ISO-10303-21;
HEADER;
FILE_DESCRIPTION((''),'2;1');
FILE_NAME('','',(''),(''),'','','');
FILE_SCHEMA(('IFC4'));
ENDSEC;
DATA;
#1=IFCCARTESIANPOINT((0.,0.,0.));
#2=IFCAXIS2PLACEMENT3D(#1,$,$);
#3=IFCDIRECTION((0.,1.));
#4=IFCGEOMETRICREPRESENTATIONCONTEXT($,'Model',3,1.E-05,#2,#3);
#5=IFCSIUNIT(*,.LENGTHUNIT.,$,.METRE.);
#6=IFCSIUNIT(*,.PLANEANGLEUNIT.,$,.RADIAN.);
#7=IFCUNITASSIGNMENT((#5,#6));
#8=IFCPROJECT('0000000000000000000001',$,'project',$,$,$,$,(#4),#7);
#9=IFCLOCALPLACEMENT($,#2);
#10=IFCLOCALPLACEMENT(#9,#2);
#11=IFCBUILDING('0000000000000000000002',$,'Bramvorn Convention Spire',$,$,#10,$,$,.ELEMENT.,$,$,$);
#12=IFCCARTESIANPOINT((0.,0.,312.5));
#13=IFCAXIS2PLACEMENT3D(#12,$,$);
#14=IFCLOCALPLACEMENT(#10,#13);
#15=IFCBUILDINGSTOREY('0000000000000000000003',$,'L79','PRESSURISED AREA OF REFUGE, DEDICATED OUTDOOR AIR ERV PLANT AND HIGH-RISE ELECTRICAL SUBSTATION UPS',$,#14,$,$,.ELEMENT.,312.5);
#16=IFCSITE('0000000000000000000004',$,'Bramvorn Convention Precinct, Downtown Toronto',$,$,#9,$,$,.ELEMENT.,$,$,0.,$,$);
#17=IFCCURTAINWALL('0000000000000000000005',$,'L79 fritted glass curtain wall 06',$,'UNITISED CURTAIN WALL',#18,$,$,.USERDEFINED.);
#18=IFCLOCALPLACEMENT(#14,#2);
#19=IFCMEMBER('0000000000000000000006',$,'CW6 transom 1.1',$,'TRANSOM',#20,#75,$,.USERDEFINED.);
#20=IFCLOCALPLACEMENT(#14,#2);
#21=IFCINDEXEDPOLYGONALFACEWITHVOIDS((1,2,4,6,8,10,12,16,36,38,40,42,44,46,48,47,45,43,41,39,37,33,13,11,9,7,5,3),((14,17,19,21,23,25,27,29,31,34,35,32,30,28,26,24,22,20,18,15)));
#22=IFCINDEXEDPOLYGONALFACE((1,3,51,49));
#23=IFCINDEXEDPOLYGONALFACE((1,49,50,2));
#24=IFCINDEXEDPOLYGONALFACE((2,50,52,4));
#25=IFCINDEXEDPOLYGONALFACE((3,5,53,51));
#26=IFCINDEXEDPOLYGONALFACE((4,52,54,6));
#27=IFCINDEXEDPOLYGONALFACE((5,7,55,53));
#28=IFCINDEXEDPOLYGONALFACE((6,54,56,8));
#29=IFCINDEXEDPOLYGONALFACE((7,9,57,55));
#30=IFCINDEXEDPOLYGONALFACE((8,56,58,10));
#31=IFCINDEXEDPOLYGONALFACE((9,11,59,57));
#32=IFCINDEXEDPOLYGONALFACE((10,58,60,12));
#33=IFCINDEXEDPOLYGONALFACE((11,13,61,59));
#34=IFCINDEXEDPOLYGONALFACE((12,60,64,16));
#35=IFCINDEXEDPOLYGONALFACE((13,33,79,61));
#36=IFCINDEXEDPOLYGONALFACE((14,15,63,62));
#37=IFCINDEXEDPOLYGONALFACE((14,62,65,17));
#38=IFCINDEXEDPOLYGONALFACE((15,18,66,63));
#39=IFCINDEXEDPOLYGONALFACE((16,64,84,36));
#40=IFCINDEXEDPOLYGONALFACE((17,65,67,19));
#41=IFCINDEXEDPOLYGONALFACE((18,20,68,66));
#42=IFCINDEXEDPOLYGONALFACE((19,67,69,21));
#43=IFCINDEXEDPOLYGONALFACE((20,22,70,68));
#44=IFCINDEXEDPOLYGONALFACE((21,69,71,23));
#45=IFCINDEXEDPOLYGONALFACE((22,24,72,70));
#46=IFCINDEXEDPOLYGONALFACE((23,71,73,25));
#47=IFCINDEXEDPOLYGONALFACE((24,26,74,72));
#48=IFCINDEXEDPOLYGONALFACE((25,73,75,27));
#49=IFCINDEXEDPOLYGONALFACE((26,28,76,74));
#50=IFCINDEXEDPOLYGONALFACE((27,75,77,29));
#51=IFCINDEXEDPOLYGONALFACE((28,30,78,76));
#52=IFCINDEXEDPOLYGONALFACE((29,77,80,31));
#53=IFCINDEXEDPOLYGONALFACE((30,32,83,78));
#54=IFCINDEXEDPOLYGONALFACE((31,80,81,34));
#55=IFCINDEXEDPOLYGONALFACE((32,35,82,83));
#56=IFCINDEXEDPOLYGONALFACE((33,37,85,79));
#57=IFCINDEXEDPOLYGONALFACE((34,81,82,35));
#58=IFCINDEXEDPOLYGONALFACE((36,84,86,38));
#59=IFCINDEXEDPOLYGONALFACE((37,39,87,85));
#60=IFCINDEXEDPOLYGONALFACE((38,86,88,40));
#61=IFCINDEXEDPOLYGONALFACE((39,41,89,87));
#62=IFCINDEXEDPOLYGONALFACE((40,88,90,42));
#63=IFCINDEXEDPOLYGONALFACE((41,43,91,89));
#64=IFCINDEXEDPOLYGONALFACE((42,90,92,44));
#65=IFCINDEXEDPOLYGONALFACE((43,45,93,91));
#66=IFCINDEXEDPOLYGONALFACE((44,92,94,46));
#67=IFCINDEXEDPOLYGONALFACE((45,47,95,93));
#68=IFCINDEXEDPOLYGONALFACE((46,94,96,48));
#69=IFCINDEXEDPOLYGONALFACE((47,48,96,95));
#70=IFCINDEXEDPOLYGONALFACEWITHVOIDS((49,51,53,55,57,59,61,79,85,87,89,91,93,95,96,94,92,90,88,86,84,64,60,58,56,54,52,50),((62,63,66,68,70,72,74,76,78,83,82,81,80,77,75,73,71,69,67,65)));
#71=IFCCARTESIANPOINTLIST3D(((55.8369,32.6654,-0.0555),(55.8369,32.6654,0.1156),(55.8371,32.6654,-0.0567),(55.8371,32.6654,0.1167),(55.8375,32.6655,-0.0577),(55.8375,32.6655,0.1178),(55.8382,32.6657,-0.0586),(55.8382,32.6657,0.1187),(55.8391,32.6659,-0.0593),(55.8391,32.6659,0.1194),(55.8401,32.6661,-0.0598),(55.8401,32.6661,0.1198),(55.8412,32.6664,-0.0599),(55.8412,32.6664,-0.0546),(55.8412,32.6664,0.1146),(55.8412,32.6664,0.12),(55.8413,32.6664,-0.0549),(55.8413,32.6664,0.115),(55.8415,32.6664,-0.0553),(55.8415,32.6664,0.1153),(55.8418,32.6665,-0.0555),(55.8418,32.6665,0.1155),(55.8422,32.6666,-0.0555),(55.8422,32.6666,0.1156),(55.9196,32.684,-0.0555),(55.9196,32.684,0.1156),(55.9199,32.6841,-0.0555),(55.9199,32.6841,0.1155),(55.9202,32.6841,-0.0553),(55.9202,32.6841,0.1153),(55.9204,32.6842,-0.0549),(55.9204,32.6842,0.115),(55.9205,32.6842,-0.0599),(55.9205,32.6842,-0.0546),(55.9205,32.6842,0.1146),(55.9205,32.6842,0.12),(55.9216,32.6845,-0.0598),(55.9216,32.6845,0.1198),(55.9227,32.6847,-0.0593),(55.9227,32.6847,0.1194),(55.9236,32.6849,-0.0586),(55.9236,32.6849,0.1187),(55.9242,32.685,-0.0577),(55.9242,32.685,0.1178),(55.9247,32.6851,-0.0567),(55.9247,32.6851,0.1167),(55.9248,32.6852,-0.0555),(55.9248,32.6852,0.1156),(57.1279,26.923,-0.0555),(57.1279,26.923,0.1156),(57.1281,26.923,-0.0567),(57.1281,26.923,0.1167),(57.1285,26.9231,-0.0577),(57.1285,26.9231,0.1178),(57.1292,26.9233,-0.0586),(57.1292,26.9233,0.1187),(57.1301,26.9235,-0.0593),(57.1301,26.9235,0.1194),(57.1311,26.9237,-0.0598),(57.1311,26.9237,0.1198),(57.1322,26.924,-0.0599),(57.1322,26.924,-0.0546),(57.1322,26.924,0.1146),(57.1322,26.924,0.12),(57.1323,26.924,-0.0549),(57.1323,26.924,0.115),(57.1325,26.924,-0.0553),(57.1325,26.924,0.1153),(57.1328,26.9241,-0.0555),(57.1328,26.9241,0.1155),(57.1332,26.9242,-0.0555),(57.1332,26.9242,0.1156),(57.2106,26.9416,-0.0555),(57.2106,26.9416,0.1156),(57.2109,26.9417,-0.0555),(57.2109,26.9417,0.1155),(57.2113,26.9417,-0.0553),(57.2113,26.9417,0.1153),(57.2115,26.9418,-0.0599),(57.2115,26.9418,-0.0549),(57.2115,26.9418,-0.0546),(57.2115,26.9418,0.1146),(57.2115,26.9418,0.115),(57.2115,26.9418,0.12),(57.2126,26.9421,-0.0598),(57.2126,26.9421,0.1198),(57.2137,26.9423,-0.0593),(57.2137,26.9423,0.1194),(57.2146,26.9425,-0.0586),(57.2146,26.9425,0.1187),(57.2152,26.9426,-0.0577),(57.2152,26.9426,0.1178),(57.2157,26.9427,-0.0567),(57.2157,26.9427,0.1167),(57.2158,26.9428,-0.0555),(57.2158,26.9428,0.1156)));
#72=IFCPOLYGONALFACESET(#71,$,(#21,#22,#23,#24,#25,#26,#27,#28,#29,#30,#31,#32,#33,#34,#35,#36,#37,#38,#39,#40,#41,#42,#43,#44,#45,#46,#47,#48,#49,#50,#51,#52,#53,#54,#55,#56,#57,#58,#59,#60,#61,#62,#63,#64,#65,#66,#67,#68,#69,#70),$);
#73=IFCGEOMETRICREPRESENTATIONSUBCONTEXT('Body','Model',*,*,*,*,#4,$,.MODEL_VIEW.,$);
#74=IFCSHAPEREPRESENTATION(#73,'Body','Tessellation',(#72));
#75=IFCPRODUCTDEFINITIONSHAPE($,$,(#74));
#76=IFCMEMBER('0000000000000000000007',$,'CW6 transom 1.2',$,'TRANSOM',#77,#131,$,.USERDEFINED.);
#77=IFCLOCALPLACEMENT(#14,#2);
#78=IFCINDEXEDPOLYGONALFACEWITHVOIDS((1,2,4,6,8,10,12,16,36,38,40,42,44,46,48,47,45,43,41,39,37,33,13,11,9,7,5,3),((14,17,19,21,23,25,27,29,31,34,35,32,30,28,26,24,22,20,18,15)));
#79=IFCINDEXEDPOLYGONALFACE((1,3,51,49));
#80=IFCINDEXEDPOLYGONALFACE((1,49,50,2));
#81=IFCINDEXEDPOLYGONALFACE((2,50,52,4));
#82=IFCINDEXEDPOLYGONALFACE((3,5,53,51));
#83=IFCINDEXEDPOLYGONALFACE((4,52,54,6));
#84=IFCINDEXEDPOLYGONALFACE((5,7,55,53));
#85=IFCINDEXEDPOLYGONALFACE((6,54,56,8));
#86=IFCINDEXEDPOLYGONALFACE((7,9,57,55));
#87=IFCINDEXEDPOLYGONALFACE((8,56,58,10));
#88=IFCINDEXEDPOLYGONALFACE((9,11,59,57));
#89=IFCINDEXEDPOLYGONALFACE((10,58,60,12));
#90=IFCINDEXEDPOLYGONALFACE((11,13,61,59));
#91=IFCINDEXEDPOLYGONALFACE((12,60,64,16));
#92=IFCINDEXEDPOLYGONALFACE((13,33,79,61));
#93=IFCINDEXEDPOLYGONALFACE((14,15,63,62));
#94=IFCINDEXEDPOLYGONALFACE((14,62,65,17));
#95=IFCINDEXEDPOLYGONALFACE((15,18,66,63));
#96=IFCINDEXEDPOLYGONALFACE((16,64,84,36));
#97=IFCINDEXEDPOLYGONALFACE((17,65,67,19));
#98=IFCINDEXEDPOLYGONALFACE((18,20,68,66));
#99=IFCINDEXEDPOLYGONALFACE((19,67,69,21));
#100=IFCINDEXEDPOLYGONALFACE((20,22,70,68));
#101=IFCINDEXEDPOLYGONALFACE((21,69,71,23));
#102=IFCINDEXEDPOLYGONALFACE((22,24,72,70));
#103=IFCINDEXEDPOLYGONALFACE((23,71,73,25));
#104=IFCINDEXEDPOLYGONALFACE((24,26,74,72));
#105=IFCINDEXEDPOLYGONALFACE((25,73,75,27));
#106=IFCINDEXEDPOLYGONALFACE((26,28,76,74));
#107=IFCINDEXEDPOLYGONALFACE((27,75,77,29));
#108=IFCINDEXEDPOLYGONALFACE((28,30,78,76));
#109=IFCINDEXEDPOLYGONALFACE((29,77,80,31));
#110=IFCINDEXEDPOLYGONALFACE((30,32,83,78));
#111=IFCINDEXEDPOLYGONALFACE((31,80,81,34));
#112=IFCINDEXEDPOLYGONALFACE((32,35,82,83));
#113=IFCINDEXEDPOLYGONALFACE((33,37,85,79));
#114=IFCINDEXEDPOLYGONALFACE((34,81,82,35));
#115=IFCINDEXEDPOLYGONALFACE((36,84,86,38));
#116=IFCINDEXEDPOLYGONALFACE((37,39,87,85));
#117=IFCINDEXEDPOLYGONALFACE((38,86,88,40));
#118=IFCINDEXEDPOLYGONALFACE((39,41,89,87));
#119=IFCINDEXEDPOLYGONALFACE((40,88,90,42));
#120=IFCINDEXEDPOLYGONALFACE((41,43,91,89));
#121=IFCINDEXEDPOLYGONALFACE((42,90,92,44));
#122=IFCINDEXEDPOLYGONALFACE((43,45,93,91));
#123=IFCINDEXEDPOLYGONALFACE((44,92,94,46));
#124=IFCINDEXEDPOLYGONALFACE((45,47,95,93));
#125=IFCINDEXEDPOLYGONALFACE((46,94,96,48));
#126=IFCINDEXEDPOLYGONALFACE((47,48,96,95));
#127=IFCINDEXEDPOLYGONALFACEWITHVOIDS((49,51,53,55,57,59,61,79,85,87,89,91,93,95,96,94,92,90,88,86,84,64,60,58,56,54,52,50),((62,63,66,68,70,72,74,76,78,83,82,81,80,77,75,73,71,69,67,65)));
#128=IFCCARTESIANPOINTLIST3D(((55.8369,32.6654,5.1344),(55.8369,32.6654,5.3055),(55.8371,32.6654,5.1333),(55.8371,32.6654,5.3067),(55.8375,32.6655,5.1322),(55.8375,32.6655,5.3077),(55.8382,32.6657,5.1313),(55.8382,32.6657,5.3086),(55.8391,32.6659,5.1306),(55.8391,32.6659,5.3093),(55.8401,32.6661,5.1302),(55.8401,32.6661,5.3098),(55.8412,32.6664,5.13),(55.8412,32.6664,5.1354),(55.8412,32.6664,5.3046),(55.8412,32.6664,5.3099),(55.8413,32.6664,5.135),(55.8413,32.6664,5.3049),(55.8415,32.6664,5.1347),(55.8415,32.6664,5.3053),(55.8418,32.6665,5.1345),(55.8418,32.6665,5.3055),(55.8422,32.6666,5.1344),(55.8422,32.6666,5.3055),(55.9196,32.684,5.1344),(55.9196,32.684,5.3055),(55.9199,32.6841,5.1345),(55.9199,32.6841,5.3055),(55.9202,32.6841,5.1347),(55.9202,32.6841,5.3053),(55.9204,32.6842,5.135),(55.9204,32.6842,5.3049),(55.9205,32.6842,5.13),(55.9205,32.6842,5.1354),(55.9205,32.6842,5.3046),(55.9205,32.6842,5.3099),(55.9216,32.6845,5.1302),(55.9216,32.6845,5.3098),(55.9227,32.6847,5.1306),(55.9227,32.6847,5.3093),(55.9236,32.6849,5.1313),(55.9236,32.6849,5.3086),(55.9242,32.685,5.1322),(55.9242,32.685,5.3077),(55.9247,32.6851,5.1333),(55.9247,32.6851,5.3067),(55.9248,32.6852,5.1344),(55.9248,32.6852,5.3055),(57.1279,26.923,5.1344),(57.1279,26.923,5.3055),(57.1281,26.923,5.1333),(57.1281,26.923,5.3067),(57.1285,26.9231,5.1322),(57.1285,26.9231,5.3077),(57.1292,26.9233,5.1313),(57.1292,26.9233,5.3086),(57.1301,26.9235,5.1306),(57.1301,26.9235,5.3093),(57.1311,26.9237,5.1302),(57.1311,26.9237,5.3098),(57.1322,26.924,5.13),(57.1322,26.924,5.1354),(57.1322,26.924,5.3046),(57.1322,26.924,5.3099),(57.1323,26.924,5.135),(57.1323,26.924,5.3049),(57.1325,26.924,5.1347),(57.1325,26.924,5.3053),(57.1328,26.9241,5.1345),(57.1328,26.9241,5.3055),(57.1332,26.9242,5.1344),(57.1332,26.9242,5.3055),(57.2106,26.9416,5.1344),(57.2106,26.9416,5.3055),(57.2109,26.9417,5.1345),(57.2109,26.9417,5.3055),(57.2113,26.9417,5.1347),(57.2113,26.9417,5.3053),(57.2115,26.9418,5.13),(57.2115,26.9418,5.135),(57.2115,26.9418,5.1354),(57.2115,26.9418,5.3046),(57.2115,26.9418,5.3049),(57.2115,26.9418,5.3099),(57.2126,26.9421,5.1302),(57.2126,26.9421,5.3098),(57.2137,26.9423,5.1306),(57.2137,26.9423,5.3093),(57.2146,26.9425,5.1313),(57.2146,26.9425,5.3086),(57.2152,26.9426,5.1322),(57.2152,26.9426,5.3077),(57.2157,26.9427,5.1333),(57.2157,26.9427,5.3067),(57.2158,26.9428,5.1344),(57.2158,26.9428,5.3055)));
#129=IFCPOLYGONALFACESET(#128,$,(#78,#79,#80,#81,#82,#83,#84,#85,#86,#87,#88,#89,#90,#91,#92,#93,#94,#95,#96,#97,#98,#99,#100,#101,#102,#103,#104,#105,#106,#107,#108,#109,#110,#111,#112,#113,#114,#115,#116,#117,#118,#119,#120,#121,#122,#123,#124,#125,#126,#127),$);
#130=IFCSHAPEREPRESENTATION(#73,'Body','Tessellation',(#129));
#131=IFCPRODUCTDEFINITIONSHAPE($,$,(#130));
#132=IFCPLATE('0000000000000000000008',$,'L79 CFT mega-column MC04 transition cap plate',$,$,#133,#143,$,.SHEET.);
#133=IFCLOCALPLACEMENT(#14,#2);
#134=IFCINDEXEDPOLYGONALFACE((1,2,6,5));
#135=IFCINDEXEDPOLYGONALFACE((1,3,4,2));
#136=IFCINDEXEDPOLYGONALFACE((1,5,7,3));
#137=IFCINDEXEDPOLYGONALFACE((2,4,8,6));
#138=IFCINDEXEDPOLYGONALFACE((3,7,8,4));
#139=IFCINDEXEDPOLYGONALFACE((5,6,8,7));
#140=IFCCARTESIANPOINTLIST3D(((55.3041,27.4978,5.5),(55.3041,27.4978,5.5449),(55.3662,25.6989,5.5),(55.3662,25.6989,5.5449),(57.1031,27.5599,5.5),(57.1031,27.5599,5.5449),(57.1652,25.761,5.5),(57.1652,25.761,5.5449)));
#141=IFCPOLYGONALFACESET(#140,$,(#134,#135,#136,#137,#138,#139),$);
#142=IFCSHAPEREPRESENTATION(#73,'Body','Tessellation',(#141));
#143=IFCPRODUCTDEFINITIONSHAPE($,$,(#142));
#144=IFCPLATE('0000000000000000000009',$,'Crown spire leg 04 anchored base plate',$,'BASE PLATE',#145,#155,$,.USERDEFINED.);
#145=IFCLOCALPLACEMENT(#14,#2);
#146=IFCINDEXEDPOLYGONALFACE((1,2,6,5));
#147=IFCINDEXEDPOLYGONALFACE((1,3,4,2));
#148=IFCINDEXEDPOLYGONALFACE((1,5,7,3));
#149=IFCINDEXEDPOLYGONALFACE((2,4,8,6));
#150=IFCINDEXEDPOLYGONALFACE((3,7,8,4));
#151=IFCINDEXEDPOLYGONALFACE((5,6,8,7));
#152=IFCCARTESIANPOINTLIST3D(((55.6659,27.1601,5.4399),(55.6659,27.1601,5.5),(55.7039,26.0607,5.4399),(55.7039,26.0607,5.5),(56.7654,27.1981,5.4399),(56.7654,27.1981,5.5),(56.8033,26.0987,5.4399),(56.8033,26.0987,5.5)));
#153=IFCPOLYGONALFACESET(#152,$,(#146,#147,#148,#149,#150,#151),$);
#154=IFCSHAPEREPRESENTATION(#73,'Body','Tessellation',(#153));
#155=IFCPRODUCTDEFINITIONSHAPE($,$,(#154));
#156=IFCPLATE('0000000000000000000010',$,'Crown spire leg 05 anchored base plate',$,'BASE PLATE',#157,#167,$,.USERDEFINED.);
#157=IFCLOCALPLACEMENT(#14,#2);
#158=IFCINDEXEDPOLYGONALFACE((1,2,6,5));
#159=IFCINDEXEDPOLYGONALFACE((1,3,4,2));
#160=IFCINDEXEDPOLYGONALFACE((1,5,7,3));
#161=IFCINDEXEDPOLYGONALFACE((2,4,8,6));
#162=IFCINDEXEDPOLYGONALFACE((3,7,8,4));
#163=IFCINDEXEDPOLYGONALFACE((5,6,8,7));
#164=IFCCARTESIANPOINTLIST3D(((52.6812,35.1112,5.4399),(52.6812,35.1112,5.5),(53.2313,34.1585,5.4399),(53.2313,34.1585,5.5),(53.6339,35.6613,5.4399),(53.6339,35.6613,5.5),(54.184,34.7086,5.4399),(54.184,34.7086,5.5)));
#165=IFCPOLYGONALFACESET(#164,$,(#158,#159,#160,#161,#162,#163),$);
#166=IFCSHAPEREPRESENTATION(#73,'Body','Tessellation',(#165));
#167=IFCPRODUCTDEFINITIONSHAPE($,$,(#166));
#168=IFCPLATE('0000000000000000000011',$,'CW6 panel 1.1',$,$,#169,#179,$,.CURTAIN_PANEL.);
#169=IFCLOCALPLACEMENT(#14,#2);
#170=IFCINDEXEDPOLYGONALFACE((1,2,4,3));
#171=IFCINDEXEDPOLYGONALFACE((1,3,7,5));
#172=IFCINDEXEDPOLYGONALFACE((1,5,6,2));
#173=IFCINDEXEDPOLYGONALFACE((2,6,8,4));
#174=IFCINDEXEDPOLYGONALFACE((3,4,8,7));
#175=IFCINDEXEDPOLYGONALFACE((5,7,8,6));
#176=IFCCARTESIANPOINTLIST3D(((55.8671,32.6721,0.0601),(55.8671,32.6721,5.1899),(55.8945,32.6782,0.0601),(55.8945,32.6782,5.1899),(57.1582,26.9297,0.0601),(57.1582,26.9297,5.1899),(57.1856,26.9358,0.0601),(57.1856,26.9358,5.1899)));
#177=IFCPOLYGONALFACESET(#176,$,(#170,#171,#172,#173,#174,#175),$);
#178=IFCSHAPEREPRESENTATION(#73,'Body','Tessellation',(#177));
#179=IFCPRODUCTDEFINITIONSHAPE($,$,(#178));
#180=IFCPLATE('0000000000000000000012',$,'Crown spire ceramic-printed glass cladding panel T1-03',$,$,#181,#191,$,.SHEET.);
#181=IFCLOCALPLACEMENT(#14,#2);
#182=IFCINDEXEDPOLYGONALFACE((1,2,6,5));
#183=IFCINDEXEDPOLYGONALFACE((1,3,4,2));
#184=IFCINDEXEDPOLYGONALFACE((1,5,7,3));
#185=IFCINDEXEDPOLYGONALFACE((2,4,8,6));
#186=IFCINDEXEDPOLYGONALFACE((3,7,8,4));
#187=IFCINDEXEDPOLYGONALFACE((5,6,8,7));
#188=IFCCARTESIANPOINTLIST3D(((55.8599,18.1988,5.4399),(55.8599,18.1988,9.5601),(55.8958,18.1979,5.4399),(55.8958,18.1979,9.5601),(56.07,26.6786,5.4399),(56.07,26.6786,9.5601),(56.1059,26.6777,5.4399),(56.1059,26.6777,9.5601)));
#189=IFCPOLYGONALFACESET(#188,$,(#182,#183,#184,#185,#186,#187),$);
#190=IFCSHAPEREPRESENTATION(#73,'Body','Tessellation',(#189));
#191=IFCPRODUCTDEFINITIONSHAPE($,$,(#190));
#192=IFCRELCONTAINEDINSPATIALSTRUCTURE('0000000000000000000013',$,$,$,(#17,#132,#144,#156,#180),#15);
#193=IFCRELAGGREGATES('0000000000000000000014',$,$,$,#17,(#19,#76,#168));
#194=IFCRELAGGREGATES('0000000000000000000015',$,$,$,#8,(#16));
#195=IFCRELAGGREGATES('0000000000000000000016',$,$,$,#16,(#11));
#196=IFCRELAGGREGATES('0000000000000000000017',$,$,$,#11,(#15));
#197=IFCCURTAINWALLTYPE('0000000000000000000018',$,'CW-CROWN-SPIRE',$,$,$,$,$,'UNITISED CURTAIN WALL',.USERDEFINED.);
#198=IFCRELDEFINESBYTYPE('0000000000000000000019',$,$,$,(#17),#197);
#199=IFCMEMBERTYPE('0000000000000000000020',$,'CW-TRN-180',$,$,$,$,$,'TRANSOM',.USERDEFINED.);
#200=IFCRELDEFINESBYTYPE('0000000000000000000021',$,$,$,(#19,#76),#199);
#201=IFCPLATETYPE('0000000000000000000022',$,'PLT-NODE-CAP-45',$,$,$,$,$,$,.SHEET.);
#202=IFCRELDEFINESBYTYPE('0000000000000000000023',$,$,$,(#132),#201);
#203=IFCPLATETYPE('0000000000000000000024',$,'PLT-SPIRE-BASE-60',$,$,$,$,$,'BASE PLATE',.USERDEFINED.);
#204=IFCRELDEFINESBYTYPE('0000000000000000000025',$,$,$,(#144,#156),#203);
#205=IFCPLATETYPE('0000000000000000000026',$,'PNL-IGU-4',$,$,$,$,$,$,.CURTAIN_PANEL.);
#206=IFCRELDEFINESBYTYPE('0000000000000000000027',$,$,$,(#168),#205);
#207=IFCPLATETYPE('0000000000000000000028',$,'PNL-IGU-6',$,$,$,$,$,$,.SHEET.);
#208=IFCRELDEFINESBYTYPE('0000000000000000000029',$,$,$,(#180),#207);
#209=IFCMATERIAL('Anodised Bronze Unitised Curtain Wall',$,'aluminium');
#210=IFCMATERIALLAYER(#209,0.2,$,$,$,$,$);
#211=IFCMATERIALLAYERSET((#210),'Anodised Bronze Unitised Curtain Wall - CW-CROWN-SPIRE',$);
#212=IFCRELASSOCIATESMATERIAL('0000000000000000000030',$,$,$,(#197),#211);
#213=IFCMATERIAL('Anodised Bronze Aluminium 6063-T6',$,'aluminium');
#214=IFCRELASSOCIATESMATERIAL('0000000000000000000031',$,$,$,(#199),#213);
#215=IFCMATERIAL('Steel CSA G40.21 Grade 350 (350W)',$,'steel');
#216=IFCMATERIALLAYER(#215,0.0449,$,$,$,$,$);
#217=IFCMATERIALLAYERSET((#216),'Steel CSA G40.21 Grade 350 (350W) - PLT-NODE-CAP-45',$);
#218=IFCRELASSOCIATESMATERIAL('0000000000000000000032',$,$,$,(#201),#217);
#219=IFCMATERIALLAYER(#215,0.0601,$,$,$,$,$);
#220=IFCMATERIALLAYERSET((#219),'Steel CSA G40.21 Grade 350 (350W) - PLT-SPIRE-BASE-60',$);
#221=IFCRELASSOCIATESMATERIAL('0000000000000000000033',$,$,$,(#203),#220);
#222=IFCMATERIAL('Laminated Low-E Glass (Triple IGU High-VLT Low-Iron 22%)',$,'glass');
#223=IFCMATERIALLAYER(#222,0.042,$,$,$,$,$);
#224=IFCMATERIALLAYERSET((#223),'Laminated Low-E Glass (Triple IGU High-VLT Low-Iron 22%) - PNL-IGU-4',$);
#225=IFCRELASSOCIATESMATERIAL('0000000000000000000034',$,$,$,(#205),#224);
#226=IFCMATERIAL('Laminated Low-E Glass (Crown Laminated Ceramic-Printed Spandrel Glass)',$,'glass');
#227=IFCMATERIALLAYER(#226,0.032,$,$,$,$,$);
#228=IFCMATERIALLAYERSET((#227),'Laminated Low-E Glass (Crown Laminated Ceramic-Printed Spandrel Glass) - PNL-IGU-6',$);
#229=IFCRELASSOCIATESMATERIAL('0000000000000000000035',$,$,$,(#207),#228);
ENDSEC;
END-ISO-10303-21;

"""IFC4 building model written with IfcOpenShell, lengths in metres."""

from ifc_helpers import new_model, si_unit, direction, frame, origin, origin_2d, place, context, subcontext, project, spatial, rectangle, hollow_rectangle, extrude, material, layer, layer_set, material_profile, profile_set, type_object, element, aggregate, save


model = new_model("IFC4")

# Units and contexts
model_context = context("Model", 3, precision=1e-05, world=origin(), true_north=direction((0.0, 1.0)))
body_context = subcontext(model_context, "Body", "Model", "MODEL_VIEW")
ifc_project = project(units=[si_unit("LENGTHUNIT", "METRE"), si_unit("PLANEANGLEUNIT", "RADIAN")], contexts=[model_context])

# Site, building, storey
site_placement = place(None, origin())
site = spatial("IfcSite", under=ifc_project, at=site_placement, Name="Bramvorn Convention Precinct, Downtown Toronto", CompositionType="ELEMENT", RefElevation=0.0)
building_placement = place(site_placement, origin())
building = spatial("IfcBuilding", under=site, at=building_placement, Name="Bramvorn Convention Spire", CompositionType="ELEMENT")
storey_placement = place(building_placement, frame((0.0, 0.0, 312.5)))
storey = spatial("IfcBuildingStorey", under=building, at=storey_placement, Name="L79", Description="PRESSURISED AREA OF REFUGE, DEDICATED OUTDOOR AIR ERV PLANT AND HIGH-RISE ELECTRICAL SUBSTATION UPS", CompositionType="ELEMENT", Elevation=312.5)

# Shared definitions
ifc_material_1 = material(Name="Steel CSA G40.21 Grade 350 (350W)", Category="steel")

# Shared definitions
ifc_material_2 = material(Name="Anodised Bronze Unitised Curtain Wall", Category="aluminium")
ifc_layer_1 = layer(ifc_material_2, 0.2)
ifc_layer_set_1 = layer_set([ifc_layer_1], Name="Anodised Bronze Unitised Curtain Wall - CW-CROWN-SPIRE")
curtain_wall_type = type_object("IfcCurtainWallType", Name="CW-CROWN-SPIRE", ElementType="UNITISED CURTAIN WALL", PredefinedType="USERDEFINED", material=ifc_layer_set_1)
ifc_material_3 = material(Name="Anodised Bronze Aluminium 6063-T6", Category="aluminium")

# Curtain wall
curtain_wall_1_placement = place(storey_placement, origin())
curtain_wall_1 = element("IfcCurtainWall", 1, at=curtain_wall_1_placement, inside=storey, type_object=curtain_wall_type, Name="L79 fritted glass curtain wall 06", ObjectType="UNITISED CURTAIN WALL", PredefinedType="USERDEFINED")

# Members
ifc_material_profile_1 = material_profile(ifc_material_3, hollow_rectangle(XDim=0.0901, YDim=0.1799, WallThickness=0.0044, InnerFilletRadius=0.001, OuterFilletRadius=0.0044, at=origin_2d()))
ifc_profile_set_1 = profile_set([ifc_material_profile_1], Name="Anodised Bronze Aluminium 6063-T6 - CWT90X180")
member_type_1 = type_object("IfcMemberType", Name="CW-TRN-180", ElementType="TRANSOM", PredefinedType="USERDEFINED", material=ifc_profile_set_1)
member_1_placement = place(storey_placement, frame((55.8809, 32.6753, 0.03), z_axis=(0.219345, -0.975647, 0.0), x_axis=(0.975647, 0.219345, 0.0)))
member_1 = element("IfcMember", 2, at=member_1_placement, type_object=member_type_1, Name="CW6 transom 1.1", ObjectType="TRANSOM", PredefinedType="USERDEFINED", context=body_context, shape_type="SweptSolid", body=[
    extrude(hollow_rectangle(XDim=0.0901, YDim=0.1799, WallThickness=0.0044, InnerFilletRadius=0.001, OuterFilletRadius=0.0044, at=origin_2d()), origin(), (0.0, 0.0, 1.0), 5.8857),
])
member_2_placement = place(storey_placement, frame((55.8809, 32.6753, 5.22), z_axis=(0.219345, -0.975647, 0.0), x_axis=(0.975647, 0.219345, 0.0)))
member_2 = element("IfcMember", 3, at=member_2_placement, type_object=member_type_1, Name="CW6 transom 1.2", ObjectType="TRANSOM", PredefinedType="USERDEFINED", context=body_context, shape_type="SweptSolid", body=[
    extrude(hollow_rectangle(XDim=0.0901, YDim=0.1799, WallThickness=0.0044, InnerFilletRadius=0.001, OuterFilletRadius=0.0044, at=origin_2d()), origin(), (0.0, 0.0, 1.0), 5.8857),
])

# Plates
ifc_layer_2 = layer(ifc_material_1, 0.0449)
ifc_layer_set_2 = layer_set([ifc_layer_2], Name="Steel CSA G40.21 Grade 350 (350W) - PLT-NODE-CAP-45")
plate_type_1 = type_object("IfcPlateType", Name="PLT-NODE-CAP-45", PredefinedType="SHEET", material=ifc_layer_set_2)
plate_1_placement = place(storey_placement, frame((56.2346, 26.6294, 5.5), z_axis=(0.0, 0.0, 1.0), x_axis=(0.999405, 0.034502, 0.0)))
element("IfcPlate", 4, at=plate_1_placement, inside=storey, type_object=plate_type_1, Name="L79 CFT mega-column MC04 transition cap plate", PredefinedType="SHEET", context=body_context, shape_type="SweptSolid", body=[
    extrude(rectangle(XDim=1.8, YDim=1.8, at=origin_2d()), origin(), (0.0, 0.0, 1.0), 0.0449),
])
ifc_layer_3 = layer(ifc_material_1, 0.0601)
ifc_layer_set_3 = layer_set([ifc_layer_3], Name="Steel CSA G40.21 Grade 350 (350W) - PLT-SPIRE-BASE-60")
plate_type_2 = type_object("IfcPlateType", Name="PLT-SPIRE-BASE-60", ElementType="BASE PLATE", PredefinedType="USERDEFINED", material=ifc_layer_set_3)
for number, where, z_axis, x_axis, name in (
    (5, (56.2346, 26.6294, 5.4399), (0.0, 0.0, 1.0), (0.999405, 0.034502, 0.0), "Crown spire leg 04 anchored base plate"),
    (6, (53.4326, 34.9099, 5.4399), (0.0, 0.0, 1.0), (0.866026, 0.499999, 0.0), "Crown spire leg 05 anchored base plate"),
):
    element("IfcPlate", number, at=place(storey_placement, frame(where, z_axis=z_axis, x_axis=x_axis)), inside=storey, type_object=plate_type_2, Name=name, ObjectType="BASE PLATE", PredefinedType="USERDEFINED", context=body_context, shape_type="SweptSolid", body=[
        extrude(rectangle(XDim=1.1001, YDim=1.1001, at=origin_2d()), origin(), (0.0, 0.0, 1.0), 0.0601),
    ])

# Plate
ifc_material_4 = material(Name="Laminated Low-E Glass (Triple IGU High-VLT Low-Iron 22%)", Category="glass")
ifc_layer_4 = layer(ifc_material_4, 0.042)
ifc_layer_set_4 = layer_set([ifc_layer_4], Name="Laminated Low-E Glass (Triple IGU High-VLT Low-Iron 22%) - PNL-IGU-4")
plate_type_3 = type_object("IfcPlateType", Name="PNL-IGU-4", PredefinedType="CURTAIN_PANEL", material=ifc_layer_set_4)
plate_2_placement = place(storey_placement, frame((56.5264, 29.804, 0.0601), z_axis=(0.0, 0.0, 1.0), x_axis=(0.219356, -0.975645, 0.0)))
plate_2 = element("IfcPlate", 7, at=plate_2_placement, type_object=plate_type_3, Name="CW6 panel 1.1", PredefinedType="CURTAIN_PANEL", context=body_context, shape_type="SweptSolid", body=[
    extrude(rectangle(XDim=5.8857, YDim=0.0281, at=origin_2d()), origin(), (0.0, 0.0, 1.0), 5.1299),
])
aggregate(curtain_wall_1, [member_1, member_2, plate_2])

# Plate
ifc_material_5 = material(Name="Laminated Low-E Glass (Crown Laminated Ceramic-Printed Spandrel Glass)", Category="glass")
ifc_layer_5 = layer(ifc_material_5, 0.032)
ifc_layer_set_5 = layer_set([ifc_layer_5], Name="Laminated Low-E Glass (Crown Laminated Ceramic-Printed Spandrel Glass) - PNL-IGU-6")
plate_type_4 = type_object("IfcPlateType", Name="PNL-IGU-6", PredefinedType="SHEET", material=ifc_layer_set_5)
plate_3_placement = place(storey_placement, frame((55.9829, 22.4382, 5.4399), z_axis=(0.0, 0.0, 1.0), x_axis=(0.024772, 0.999693, 0.0)))
element("IfcPlate", 8, at=plate_3_placement, inside=storey, type_object=plate_type_4, Name="Crown spire ceramic-printed glass cladding panel T1-03", PredefinedType="SHEET", context=body_context, shape_type="SweptSolid", body=[
    extrude(rectangle(XDim=8.4824, YDim=0.0359, at=origin_2d()), origin(), (0.0, 0.0, 1.0), 4.1201),
])

save(model, "model.ifc")
